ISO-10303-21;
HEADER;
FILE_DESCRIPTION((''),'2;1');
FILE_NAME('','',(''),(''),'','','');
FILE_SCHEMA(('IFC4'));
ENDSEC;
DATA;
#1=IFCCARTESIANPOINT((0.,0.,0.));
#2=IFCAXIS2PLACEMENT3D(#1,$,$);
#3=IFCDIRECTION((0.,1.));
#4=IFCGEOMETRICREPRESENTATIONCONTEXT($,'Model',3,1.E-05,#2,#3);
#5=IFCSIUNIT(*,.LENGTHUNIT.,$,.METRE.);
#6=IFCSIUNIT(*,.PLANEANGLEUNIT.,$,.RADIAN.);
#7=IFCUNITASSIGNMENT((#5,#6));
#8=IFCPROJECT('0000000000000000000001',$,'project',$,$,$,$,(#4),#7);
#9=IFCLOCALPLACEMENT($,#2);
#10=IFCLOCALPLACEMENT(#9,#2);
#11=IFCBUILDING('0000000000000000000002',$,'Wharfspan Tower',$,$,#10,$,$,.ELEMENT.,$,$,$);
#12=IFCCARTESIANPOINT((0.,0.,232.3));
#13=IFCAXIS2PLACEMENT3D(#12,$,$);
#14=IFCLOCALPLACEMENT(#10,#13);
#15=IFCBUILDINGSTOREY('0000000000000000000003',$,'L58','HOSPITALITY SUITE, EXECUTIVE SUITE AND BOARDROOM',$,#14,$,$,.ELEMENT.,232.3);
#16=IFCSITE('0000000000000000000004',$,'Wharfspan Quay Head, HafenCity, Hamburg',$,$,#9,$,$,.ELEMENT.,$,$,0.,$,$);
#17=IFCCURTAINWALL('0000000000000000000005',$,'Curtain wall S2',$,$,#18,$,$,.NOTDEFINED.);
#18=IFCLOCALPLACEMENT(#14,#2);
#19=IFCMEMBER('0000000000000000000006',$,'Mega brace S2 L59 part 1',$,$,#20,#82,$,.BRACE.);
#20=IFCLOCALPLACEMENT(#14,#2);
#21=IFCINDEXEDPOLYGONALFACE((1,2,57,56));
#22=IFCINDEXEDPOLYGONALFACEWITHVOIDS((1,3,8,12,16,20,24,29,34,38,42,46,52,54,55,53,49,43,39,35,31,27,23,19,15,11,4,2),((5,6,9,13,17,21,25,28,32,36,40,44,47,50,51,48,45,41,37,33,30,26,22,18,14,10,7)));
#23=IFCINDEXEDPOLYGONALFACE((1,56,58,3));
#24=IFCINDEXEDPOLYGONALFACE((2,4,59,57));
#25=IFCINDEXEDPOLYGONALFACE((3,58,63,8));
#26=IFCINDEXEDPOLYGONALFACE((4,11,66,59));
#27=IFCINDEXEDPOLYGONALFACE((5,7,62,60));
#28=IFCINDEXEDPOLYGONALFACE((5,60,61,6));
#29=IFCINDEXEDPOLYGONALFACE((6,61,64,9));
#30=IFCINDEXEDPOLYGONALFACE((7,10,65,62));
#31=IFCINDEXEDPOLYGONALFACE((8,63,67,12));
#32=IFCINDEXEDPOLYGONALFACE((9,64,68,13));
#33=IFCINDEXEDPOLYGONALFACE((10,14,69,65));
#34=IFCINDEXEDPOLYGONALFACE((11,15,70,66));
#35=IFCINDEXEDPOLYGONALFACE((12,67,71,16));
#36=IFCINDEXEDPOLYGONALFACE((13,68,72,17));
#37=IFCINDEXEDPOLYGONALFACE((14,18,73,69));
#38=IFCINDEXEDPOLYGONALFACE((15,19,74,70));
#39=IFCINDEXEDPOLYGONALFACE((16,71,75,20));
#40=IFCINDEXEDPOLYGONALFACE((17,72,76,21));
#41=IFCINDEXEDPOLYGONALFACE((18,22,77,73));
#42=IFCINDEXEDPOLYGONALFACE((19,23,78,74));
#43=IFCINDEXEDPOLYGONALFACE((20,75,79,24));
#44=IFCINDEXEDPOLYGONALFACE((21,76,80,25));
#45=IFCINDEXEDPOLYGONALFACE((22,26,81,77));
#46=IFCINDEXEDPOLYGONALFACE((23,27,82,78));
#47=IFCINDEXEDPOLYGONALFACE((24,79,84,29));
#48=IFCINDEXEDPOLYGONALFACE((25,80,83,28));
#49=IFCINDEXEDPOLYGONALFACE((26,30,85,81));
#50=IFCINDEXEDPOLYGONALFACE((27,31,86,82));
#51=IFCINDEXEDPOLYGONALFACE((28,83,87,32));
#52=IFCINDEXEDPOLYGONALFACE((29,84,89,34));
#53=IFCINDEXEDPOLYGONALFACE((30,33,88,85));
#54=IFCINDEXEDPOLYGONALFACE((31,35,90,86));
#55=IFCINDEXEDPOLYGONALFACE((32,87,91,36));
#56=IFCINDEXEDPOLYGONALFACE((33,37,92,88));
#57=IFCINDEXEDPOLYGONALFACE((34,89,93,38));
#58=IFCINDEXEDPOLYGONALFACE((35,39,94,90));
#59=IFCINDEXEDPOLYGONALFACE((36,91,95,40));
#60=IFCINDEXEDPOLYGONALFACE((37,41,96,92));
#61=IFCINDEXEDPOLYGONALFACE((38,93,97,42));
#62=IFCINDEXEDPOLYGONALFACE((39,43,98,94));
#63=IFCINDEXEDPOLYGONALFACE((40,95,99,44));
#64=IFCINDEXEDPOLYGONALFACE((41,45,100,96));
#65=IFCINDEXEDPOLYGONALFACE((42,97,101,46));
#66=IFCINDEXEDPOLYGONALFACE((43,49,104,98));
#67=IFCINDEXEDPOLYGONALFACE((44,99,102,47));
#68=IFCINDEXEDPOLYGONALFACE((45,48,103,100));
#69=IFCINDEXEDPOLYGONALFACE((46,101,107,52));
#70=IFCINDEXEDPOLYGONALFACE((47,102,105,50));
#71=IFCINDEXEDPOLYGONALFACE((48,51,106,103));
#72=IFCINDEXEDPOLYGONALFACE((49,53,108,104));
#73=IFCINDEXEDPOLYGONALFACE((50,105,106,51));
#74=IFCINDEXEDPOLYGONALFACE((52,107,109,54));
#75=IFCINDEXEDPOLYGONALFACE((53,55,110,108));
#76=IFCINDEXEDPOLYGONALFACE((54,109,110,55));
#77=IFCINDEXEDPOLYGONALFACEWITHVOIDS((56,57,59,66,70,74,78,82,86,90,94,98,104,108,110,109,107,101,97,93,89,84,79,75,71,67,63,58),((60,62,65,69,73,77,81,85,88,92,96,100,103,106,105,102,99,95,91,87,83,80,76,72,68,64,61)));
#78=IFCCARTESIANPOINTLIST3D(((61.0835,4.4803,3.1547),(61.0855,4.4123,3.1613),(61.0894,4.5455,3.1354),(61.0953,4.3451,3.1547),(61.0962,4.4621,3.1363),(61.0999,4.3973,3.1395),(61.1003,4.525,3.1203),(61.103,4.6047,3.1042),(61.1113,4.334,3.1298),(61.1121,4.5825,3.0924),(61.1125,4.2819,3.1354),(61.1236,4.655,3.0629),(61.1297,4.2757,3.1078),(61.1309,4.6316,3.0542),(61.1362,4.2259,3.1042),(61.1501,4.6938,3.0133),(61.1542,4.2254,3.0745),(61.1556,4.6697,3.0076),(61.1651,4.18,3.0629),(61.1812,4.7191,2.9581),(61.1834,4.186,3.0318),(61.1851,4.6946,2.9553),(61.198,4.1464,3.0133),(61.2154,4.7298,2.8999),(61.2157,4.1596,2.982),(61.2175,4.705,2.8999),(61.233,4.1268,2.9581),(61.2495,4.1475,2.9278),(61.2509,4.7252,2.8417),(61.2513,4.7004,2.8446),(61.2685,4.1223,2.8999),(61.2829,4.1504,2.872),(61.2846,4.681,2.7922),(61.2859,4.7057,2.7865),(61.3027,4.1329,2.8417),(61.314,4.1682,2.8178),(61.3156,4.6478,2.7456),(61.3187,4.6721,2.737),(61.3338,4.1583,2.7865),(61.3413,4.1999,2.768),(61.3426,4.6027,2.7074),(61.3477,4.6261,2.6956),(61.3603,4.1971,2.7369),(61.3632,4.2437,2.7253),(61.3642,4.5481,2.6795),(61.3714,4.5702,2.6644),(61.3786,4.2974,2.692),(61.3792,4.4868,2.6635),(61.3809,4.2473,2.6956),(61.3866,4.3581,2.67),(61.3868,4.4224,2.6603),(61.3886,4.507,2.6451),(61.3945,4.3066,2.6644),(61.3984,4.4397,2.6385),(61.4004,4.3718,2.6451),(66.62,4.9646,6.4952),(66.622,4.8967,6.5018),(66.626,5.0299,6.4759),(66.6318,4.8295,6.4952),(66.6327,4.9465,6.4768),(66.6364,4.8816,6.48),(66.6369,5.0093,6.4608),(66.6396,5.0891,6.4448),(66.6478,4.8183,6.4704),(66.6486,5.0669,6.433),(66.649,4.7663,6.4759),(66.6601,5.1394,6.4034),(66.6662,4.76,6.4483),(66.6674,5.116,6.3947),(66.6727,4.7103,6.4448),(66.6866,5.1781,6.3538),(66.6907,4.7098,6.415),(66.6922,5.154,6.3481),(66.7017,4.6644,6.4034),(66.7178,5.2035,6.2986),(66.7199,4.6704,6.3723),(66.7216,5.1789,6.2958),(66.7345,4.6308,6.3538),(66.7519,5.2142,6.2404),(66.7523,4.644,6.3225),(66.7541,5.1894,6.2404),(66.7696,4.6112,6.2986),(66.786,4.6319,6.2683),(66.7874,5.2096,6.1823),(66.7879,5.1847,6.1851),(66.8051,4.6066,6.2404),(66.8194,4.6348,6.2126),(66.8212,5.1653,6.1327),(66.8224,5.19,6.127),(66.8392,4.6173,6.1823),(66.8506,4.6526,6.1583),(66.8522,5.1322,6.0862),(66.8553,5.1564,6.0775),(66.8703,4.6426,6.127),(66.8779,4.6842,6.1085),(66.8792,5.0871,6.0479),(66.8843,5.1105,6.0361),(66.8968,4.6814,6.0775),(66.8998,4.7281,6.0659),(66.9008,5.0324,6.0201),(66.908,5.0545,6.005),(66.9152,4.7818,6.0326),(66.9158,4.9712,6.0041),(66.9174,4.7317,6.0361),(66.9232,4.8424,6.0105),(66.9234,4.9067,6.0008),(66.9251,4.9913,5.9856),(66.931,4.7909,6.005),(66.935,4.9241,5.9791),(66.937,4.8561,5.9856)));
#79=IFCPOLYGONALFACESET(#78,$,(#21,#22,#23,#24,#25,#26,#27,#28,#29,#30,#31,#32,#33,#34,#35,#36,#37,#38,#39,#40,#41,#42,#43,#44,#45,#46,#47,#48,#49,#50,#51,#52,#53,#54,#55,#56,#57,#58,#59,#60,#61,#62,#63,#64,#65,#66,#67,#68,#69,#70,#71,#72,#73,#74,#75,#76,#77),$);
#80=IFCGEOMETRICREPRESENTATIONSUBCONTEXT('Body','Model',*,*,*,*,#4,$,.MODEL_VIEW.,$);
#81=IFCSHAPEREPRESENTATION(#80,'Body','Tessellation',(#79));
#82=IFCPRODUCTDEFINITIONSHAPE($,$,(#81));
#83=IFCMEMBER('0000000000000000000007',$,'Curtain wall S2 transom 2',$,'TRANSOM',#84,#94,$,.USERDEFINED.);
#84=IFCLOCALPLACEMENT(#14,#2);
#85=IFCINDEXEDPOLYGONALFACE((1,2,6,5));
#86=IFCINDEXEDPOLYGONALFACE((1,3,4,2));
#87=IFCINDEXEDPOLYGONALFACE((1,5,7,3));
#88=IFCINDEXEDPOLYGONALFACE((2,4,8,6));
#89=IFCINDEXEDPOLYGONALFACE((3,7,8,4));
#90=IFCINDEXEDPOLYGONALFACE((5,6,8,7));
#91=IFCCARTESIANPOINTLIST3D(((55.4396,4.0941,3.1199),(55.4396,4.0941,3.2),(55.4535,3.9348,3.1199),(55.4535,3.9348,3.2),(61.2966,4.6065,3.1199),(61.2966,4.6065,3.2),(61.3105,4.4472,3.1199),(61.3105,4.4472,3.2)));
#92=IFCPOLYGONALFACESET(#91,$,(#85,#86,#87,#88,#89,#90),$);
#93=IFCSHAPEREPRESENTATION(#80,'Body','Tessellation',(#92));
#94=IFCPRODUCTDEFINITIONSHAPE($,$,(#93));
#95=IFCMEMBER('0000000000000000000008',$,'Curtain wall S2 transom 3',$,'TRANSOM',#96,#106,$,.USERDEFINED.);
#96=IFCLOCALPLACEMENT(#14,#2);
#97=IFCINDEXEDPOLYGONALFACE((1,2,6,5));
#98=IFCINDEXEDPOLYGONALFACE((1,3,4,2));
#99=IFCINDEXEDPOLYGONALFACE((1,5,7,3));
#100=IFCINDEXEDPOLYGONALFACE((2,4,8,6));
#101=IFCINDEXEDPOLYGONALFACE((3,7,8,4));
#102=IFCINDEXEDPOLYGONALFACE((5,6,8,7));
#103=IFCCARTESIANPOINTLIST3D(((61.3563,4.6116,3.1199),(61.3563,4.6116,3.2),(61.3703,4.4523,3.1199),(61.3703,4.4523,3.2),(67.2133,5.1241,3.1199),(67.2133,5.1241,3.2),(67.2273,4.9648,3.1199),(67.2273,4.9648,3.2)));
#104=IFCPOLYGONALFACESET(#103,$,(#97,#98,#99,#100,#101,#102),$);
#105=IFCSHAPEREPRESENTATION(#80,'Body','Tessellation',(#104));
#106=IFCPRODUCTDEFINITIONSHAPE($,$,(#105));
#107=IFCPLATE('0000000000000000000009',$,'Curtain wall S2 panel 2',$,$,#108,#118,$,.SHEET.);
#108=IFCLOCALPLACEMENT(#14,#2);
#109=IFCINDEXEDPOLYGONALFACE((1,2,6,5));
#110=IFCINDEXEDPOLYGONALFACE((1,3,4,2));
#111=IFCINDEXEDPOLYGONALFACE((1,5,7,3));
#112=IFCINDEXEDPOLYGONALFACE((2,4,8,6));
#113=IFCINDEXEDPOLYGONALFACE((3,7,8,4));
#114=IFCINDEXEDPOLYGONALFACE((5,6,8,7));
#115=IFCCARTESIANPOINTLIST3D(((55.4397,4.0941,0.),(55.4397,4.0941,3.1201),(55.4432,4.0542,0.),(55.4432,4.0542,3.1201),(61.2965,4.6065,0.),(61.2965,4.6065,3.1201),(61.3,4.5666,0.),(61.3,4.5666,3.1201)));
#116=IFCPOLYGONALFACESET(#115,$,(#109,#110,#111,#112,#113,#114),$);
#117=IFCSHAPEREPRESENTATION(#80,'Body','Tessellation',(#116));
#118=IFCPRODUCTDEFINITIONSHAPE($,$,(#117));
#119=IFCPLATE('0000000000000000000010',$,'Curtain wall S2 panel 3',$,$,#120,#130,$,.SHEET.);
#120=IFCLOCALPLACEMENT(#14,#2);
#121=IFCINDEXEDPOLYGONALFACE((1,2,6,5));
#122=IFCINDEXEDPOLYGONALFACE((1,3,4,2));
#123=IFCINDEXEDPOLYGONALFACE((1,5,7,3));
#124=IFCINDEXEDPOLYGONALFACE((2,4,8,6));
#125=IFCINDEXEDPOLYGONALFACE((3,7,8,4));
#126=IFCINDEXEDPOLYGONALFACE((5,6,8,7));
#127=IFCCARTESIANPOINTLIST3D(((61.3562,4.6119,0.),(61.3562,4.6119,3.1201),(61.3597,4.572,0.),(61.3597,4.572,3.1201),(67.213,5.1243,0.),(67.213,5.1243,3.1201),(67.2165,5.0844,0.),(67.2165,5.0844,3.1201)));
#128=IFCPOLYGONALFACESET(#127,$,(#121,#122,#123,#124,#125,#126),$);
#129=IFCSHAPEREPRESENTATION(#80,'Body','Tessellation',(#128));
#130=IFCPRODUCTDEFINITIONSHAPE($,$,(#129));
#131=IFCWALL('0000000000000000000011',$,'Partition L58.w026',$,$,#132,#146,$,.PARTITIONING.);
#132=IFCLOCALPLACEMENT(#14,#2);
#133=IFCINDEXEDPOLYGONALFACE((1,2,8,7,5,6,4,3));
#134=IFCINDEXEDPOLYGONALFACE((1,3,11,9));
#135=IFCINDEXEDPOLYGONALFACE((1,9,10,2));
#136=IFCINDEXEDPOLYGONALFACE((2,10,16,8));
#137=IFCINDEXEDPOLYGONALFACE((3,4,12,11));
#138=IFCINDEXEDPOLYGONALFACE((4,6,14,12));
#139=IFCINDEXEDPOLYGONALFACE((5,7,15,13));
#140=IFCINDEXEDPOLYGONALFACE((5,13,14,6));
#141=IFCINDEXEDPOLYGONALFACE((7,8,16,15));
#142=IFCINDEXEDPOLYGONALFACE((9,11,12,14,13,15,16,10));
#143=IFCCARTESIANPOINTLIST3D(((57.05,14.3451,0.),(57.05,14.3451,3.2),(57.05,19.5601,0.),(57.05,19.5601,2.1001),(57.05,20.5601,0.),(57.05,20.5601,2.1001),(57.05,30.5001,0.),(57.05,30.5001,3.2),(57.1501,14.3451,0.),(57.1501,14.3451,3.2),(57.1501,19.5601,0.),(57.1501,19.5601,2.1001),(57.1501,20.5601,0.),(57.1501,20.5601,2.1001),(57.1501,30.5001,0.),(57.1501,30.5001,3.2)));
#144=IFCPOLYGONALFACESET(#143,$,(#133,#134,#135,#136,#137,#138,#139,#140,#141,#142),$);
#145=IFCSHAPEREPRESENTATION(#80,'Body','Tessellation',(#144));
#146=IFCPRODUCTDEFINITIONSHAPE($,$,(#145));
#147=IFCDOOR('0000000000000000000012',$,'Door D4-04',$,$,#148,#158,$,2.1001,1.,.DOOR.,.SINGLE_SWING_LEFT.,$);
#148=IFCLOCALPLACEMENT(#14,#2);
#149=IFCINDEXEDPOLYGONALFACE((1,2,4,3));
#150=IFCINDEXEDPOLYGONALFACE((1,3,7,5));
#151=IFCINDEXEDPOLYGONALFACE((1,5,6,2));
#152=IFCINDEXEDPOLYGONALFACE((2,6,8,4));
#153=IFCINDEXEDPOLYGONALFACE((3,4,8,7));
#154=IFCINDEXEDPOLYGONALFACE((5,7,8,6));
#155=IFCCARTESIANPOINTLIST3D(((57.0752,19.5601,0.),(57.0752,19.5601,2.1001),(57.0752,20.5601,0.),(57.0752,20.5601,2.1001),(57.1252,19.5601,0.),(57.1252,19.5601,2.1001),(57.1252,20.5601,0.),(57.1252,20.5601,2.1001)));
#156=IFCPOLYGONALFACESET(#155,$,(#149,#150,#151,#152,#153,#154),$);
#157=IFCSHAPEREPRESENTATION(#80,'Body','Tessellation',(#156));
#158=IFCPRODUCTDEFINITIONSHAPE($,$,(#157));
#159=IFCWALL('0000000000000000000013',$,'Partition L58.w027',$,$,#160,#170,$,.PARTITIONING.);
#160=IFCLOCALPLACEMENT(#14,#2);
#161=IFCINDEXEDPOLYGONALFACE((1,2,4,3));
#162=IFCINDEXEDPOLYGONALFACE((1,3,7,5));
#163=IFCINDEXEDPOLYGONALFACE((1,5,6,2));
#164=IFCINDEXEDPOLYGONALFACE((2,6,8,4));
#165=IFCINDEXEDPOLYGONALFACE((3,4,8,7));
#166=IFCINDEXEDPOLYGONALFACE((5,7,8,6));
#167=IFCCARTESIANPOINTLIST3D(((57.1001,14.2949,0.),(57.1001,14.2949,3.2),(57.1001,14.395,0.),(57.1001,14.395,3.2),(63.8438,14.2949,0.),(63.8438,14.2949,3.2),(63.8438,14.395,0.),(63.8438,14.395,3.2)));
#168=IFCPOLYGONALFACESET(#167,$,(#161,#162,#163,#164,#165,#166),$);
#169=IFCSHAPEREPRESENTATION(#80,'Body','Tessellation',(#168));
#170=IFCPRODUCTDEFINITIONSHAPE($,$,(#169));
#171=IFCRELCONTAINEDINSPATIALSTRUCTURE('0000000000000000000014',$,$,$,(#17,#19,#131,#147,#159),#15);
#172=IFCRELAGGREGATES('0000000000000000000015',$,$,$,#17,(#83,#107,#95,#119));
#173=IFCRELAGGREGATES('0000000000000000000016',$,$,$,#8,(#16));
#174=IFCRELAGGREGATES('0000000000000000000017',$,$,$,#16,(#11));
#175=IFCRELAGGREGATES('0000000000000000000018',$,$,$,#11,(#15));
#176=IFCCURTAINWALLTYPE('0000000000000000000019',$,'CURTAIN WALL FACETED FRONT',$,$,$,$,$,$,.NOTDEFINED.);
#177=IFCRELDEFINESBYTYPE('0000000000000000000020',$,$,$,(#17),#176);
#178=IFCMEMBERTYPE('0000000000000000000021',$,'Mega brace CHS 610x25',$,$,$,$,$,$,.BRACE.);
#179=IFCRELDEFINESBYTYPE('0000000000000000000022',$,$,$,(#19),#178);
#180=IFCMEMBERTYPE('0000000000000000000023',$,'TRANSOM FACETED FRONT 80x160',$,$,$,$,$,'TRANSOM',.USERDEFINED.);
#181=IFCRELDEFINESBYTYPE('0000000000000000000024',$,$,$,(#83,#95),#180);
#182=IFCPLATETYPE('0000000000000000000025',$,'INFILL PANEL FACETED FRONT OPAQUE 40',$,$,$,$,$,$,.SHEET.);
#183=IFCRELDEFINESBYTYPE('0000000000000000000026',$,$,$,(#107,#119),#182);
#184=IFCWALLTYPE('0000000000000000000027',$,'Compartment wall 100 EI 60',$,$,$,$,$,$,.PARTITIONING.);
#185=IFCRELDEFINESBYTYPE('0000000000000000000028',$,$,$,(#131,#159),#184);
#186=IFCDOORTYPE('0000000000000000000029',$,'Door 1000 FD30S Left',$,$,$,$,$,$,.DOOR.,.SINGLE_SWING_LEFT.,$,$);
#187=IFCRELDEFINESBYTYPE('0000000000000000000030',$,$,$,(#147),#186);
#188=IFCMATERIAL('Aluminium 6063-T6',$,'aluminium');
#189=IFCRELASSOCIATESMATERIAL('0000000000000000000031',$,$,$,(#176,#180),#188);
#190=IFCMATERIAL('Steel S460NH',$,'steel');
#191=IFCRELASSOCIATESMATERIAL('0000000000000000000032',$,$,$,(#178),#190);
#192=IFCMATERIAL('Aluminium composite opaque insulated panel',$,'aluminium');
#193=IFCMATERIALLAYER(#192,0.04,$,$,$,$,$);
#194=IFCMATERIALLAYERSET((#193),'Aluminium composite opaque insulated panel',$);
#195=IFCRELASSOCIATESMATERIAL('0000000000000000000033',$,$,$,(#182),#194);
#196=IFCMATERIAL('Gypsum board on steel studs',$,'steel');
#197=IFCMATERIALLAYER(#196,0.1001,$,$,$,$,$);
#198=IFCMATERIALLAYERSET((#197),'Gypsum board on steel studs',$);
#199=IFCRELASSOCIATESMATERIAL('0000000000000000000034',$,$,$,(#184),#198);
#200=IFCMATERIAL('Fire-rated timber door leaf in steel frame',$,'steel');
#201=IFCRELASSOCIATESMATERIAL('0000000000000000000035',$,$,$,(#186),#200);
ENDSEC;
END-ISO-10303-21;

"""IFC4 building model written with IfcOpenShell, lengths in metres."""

from ifc_helpers import new_model, si_unit, direction, frame, frame_2d, origin, origin_2d, place, context, subcontext, project, spatial, rectangle, hollow_circle, extrude, material, layer, layer_set, material_profile, profile_set, type_object, element, fill, aggregate, save


model = new_model("IFC4")

# Units and contexts
model_context = context("Model", 3, precision=1e-05, world=origin(), true_north=direction((0.0, 1.0)))
body_context = subcontext(model_context, "Body", "Model", "MODEL_VIEW")
ifc_project = project(units=[si_unit("LENGTHUNIT", "METRE"), si_unit("PLANEANGLEUNIT", "RADIAN")], contexts=[model_context])

# Site, building, storey
site_placement = place(None, origin())
site = spatial("IfcSite", under=ifc_project, at=site_placement, Name="Wharfspan Quay Head, HafenCity, Hamburg", CompositionType="ELEMENT", RefElevation=0.0)
building_placement = place(site_placement, origin())
building = spatial("IfcBuilding", under=site, at=building_placement, Name="Wharfspan Tower", CompositionType="ELEMENT")
storey_placement = place(building_placement, frame((0.0, 0.0, 232.3)))
storey = spatial("IfcBuildingStorey", under=building, at=storey_placement, Name="L58", Description="HOSPITALITY SUITE, EXECUTIVE SUITE AND BOARDROOM", CompositionType="ELEMENT", Elevation=232.3)

# Curtain wall
ifc_material_1 = material(Name="Aluminium 6063-T6", Category="aluminium")
curtain_wall_type = type_object("IfcCurtainWallType", Name="CURTAIN WALL FACETED FRONT", PredefinedType="NOTDEFINED", material=ifc_material_1)
curtain_wall_placement = place(storey_placement, origin())
curtain_wall = element("IfcCurtainWall", 1, at=curtain_wall_placement, inside=storey, type_object=curtain_wall_type, Name="Curtain wall S2", PredefinedType="NOTDEFINED")

# Members
ifc_material_2 = material(Name="Steel S460NH", Category="steel")
ifc_material_profile_1 = material_profile(ifc_material_2, hollow_circle(Radius=0.3049, WallThickness=0.0249, at=origin_2d()))
ifc_profile_set_1 = profile_set([ifc_material_profile_1], Name="Steel S460NH")
member_type_1 = type_object("IfcMemberType", Name="Mega brace CHS 610x25", PredefinedType="BRACE", material=ifc_profile_set_1)
member_1_placement = place(storey_placement, frame((61.2419, 4.426, 2.8999), z_axis=(0.853829, 0.074698, 0.515166), x_axis=(-0.087155, 0.996197, 0.000003)))
element("IfcMember", 2, at=member_1_placement, inside=storey, type_object=member_type_1, Name="Mega brace S2 L59 part 1", PredefinedType="BRACE", context=body_context, shape_type="SweptSolid", body=[
    extrude(hollow_circle(Radius=0.3049, WallThickness=0.0249, at=origin_2d()), origin(), (0.0, 0.0, 1.0), 6.4844),
])
ifc_material_profile_2 = material_profile(ifc_material_1, rectangle(XDim=0.1599, YDim=0.0801, at=origin_2d()))
ifc_profile_set_2 = profile_set([ifc_material_profile_2], Name="Aluminium 6063-T6")
member_type_2 = type_object("IfcMemberType", Name="TRANSOM FACETED FRONT 80x160", ElementType="TRANSOM", PredefinedType="USERDEFINED", material=ifc_profile_set_2)
member_2_placement = place(storey_placement, frame((55.4465, 4.0144, 3.1599), z_axis=(0.996194, 0.087162, 0.0), x_axis=(-0.087162, 0.996194, 0.0)))
member_2 = element("IfcMember", 3, at=member_2_placement, type_object=member_type_2, Name="Curtain wall S2 transom 2", ObjectType="TRANSOM", PredefinedType="USERDEFINED", context=body_context, shape_type="SweptSolid", body=[
    extrude(rectangle(XDim=0.1599, YDim=0.0801, at=origin_2d()), origin(), (0.0, 0.0, 1.0), 5.8794),
])
member_3_placement = place(storey_placement, frame((61.3633, 4.532, 3.1599), z_axis=(0.996194, 0.087162, 0.0), x_axis=(-0.087162, 0.996194, 0.0)))
member_3 = element("IfcMember", 4, at=member_3_placement, type_object=member_type_2, Name="Curtain wall S2 transom 3", ObjectType="TRANSOM", PredefinedType="USERDEFINED", context=body_context, shape_type="SweptSolid", body=[
    extrude(rectangle(XDim=0.1599, YDim=0.0801, at=origin_2d()), origin(), (0.0, 0.0, 1.0), 5.8794),
])

# Plates
ifc_material_3 = material(Name="Aluminium composite opaque insulated panel", Category="aluminium")
ifc_layer_1 = layer(ifc_material_3, 0.04)
ifc_layer_set_1 = layer_set([ifc_layer_1], Name="Aluminium composite opaque insulated panel")
plate_type = type_object("IfcPlateType", Name="INFILL PANEL FACETED FRONT OPAQUE 40", PredefinedType="SHEET", material=ifc_layer_set_1)
plate_1_placement = place(storey_placement, frame((58.3699, 4.3303, 0.0), z_axis=(0.0, 0.0, 1.0), x_axis=(0.996197, 0.087156, 0.0)))
plate_1 = element("IfcPlate", 5, at=plate_1_placement, type_object=plate_type, Name="Curtain wall S2 panel 2", PredefinedType="SHEET", context=body_context, shape_type="SweptSolid", body=[
    extrude(rectangle(XDim=5.8792, YDim=0.04, at=origin_2d()), origin(), (0.0, 0.0, 1.0), 3.1201),
])
plate_2_placement = place(storey_placement, frame((64.2864, 4.8481, 0.0), z_axis=(0.0, 0.0, 1.0), x_axis=(0.996197, 0.087156, 0.0)))
plate_2 = element("IfcPlate", 6, at=plate_2_placement, type_object=plate_type, Name="Curtain wall S2 panel 3", PredefinedType="SHEET", context=body_context, shape_type="SweptSolid", body=[
    extrude(rectangle(XDim=5.8792, YDim=0.04, at=origin_2d()), origin(), (0.0, 0.0, 1.0), 3.1201),
])
aggregate(curtain_wall, [member_2, plate_1, member_3, plate_2])

# Wall, opening, door
ifc_material_4 = material(Name="Gypsum board on steel studs", Category="steel")
ifc_layer_2 = layer(ifc_material_4, 0.1001)
ifc_layer_set_2 = layer_set([ifc_layer_2], Name="Gypsum board on steel studs")
wall_type_1 = type_object("IfcWallType", Name="Compartment wall 100 EI 60", PredefinedType="PARTITIONING", material=ifc_layer_set_2)
wall_1_placement = place(storey_placement, frame((57.1001, 14.345, 0.0), z_axis=(0.0, 0.0, 1.0), x_axis=(0.0, 1.0, 0.0)))
wall_1 = element("IfcWall", 7, at=wall_1_placement, inside=storey, type_object=wall_type_1, Name="Partition L58.w026", PredefinedType="PARTITIONING", context=body_context, shape_type="SweptSolid", body=[
    extrude(rectangle(XDim=16.155, YDim=0.1001, at=frame_2d((8.0776, 0.0))), origin(), (0.0, 0.0, 1.0), 3.2),
])
opening_1_placement = place(wall_1_placement, frame((5.2151, 0.0, 0.0)))
opening_1 = element("IfcOpeningElement", 8, at=opening_1_placement, cuts=wall_1, PredefinedType="OPENING", context=body_context, shape_type="SweptSolid", body=[
    extrude(rectangle(XDim=1.0, YDim=2.1001, at=frame_2d((0.5, 1.05))), frame((0.0, 0.0601, 0.0), z_axis=(0.0, -1.0, 0.0), x_axis=(1.0, 0.0, 0.0)), (0.0, 0.0, 1.0), 0.1201),
])
ifc_material_5 = material(Name="Fire-rated timber door leaf in steel frame", Category="steel")
door_type_1 = type_object("IfcDoorType", Name="Door 1000 FD30S Left", OperationType="SINGLE_SWING_LEFT", PredefinedType="DOOR", material=ifc_material_5)
door_1_placement = place(opening_1_placement, origin())
door_1 = element("IfcDoor", 9, at=door_1_placement, inside=storey, type_object=door_type_1, Name="Door D4-04", OperationType="SINGLE_SWING_LEFT", OverallHeight=2.1001, OverallWidth=1.0, PredefinedType="DOOR", context=body_context, shape_type="SweptSolid", body=[
    extrude(rectangle(XDim=1.0, YDim=2.1001, at=frame_2d((0.5, 1.05))), frame((0.0, 0.0249, 0.0), z_axis=(0.0, -1.0, 0.0), x_axis=(1.0, 0.0, 0.0)), (0.0, 0.0, 1.0), 0.05),
])
fill(opening_1, door_1)

# Wall
wall_2_placement = place(storey_placement, frame((57.1001, 14.345, 0.0), z_axis=(0.0, 0.0, 1.0), x_axis=(1.0, 0.0, 0.0)))
element("IfcWall", 10, at=wall_2_placement, inside=storey, type_object=wall_type_1, Name="Partition L58.w027", PredefinedType="PARTITIONING", context=body_context, shape_type="SweptSolid", body=[
    extrude(rectangle(XDim=6.7437, YDim=0.1001, at=frame_2d((3.3718, 0.0))), origin(), (0.0, 0.0, 1.0), 3.2),
])

save(model, "model.ifc")
